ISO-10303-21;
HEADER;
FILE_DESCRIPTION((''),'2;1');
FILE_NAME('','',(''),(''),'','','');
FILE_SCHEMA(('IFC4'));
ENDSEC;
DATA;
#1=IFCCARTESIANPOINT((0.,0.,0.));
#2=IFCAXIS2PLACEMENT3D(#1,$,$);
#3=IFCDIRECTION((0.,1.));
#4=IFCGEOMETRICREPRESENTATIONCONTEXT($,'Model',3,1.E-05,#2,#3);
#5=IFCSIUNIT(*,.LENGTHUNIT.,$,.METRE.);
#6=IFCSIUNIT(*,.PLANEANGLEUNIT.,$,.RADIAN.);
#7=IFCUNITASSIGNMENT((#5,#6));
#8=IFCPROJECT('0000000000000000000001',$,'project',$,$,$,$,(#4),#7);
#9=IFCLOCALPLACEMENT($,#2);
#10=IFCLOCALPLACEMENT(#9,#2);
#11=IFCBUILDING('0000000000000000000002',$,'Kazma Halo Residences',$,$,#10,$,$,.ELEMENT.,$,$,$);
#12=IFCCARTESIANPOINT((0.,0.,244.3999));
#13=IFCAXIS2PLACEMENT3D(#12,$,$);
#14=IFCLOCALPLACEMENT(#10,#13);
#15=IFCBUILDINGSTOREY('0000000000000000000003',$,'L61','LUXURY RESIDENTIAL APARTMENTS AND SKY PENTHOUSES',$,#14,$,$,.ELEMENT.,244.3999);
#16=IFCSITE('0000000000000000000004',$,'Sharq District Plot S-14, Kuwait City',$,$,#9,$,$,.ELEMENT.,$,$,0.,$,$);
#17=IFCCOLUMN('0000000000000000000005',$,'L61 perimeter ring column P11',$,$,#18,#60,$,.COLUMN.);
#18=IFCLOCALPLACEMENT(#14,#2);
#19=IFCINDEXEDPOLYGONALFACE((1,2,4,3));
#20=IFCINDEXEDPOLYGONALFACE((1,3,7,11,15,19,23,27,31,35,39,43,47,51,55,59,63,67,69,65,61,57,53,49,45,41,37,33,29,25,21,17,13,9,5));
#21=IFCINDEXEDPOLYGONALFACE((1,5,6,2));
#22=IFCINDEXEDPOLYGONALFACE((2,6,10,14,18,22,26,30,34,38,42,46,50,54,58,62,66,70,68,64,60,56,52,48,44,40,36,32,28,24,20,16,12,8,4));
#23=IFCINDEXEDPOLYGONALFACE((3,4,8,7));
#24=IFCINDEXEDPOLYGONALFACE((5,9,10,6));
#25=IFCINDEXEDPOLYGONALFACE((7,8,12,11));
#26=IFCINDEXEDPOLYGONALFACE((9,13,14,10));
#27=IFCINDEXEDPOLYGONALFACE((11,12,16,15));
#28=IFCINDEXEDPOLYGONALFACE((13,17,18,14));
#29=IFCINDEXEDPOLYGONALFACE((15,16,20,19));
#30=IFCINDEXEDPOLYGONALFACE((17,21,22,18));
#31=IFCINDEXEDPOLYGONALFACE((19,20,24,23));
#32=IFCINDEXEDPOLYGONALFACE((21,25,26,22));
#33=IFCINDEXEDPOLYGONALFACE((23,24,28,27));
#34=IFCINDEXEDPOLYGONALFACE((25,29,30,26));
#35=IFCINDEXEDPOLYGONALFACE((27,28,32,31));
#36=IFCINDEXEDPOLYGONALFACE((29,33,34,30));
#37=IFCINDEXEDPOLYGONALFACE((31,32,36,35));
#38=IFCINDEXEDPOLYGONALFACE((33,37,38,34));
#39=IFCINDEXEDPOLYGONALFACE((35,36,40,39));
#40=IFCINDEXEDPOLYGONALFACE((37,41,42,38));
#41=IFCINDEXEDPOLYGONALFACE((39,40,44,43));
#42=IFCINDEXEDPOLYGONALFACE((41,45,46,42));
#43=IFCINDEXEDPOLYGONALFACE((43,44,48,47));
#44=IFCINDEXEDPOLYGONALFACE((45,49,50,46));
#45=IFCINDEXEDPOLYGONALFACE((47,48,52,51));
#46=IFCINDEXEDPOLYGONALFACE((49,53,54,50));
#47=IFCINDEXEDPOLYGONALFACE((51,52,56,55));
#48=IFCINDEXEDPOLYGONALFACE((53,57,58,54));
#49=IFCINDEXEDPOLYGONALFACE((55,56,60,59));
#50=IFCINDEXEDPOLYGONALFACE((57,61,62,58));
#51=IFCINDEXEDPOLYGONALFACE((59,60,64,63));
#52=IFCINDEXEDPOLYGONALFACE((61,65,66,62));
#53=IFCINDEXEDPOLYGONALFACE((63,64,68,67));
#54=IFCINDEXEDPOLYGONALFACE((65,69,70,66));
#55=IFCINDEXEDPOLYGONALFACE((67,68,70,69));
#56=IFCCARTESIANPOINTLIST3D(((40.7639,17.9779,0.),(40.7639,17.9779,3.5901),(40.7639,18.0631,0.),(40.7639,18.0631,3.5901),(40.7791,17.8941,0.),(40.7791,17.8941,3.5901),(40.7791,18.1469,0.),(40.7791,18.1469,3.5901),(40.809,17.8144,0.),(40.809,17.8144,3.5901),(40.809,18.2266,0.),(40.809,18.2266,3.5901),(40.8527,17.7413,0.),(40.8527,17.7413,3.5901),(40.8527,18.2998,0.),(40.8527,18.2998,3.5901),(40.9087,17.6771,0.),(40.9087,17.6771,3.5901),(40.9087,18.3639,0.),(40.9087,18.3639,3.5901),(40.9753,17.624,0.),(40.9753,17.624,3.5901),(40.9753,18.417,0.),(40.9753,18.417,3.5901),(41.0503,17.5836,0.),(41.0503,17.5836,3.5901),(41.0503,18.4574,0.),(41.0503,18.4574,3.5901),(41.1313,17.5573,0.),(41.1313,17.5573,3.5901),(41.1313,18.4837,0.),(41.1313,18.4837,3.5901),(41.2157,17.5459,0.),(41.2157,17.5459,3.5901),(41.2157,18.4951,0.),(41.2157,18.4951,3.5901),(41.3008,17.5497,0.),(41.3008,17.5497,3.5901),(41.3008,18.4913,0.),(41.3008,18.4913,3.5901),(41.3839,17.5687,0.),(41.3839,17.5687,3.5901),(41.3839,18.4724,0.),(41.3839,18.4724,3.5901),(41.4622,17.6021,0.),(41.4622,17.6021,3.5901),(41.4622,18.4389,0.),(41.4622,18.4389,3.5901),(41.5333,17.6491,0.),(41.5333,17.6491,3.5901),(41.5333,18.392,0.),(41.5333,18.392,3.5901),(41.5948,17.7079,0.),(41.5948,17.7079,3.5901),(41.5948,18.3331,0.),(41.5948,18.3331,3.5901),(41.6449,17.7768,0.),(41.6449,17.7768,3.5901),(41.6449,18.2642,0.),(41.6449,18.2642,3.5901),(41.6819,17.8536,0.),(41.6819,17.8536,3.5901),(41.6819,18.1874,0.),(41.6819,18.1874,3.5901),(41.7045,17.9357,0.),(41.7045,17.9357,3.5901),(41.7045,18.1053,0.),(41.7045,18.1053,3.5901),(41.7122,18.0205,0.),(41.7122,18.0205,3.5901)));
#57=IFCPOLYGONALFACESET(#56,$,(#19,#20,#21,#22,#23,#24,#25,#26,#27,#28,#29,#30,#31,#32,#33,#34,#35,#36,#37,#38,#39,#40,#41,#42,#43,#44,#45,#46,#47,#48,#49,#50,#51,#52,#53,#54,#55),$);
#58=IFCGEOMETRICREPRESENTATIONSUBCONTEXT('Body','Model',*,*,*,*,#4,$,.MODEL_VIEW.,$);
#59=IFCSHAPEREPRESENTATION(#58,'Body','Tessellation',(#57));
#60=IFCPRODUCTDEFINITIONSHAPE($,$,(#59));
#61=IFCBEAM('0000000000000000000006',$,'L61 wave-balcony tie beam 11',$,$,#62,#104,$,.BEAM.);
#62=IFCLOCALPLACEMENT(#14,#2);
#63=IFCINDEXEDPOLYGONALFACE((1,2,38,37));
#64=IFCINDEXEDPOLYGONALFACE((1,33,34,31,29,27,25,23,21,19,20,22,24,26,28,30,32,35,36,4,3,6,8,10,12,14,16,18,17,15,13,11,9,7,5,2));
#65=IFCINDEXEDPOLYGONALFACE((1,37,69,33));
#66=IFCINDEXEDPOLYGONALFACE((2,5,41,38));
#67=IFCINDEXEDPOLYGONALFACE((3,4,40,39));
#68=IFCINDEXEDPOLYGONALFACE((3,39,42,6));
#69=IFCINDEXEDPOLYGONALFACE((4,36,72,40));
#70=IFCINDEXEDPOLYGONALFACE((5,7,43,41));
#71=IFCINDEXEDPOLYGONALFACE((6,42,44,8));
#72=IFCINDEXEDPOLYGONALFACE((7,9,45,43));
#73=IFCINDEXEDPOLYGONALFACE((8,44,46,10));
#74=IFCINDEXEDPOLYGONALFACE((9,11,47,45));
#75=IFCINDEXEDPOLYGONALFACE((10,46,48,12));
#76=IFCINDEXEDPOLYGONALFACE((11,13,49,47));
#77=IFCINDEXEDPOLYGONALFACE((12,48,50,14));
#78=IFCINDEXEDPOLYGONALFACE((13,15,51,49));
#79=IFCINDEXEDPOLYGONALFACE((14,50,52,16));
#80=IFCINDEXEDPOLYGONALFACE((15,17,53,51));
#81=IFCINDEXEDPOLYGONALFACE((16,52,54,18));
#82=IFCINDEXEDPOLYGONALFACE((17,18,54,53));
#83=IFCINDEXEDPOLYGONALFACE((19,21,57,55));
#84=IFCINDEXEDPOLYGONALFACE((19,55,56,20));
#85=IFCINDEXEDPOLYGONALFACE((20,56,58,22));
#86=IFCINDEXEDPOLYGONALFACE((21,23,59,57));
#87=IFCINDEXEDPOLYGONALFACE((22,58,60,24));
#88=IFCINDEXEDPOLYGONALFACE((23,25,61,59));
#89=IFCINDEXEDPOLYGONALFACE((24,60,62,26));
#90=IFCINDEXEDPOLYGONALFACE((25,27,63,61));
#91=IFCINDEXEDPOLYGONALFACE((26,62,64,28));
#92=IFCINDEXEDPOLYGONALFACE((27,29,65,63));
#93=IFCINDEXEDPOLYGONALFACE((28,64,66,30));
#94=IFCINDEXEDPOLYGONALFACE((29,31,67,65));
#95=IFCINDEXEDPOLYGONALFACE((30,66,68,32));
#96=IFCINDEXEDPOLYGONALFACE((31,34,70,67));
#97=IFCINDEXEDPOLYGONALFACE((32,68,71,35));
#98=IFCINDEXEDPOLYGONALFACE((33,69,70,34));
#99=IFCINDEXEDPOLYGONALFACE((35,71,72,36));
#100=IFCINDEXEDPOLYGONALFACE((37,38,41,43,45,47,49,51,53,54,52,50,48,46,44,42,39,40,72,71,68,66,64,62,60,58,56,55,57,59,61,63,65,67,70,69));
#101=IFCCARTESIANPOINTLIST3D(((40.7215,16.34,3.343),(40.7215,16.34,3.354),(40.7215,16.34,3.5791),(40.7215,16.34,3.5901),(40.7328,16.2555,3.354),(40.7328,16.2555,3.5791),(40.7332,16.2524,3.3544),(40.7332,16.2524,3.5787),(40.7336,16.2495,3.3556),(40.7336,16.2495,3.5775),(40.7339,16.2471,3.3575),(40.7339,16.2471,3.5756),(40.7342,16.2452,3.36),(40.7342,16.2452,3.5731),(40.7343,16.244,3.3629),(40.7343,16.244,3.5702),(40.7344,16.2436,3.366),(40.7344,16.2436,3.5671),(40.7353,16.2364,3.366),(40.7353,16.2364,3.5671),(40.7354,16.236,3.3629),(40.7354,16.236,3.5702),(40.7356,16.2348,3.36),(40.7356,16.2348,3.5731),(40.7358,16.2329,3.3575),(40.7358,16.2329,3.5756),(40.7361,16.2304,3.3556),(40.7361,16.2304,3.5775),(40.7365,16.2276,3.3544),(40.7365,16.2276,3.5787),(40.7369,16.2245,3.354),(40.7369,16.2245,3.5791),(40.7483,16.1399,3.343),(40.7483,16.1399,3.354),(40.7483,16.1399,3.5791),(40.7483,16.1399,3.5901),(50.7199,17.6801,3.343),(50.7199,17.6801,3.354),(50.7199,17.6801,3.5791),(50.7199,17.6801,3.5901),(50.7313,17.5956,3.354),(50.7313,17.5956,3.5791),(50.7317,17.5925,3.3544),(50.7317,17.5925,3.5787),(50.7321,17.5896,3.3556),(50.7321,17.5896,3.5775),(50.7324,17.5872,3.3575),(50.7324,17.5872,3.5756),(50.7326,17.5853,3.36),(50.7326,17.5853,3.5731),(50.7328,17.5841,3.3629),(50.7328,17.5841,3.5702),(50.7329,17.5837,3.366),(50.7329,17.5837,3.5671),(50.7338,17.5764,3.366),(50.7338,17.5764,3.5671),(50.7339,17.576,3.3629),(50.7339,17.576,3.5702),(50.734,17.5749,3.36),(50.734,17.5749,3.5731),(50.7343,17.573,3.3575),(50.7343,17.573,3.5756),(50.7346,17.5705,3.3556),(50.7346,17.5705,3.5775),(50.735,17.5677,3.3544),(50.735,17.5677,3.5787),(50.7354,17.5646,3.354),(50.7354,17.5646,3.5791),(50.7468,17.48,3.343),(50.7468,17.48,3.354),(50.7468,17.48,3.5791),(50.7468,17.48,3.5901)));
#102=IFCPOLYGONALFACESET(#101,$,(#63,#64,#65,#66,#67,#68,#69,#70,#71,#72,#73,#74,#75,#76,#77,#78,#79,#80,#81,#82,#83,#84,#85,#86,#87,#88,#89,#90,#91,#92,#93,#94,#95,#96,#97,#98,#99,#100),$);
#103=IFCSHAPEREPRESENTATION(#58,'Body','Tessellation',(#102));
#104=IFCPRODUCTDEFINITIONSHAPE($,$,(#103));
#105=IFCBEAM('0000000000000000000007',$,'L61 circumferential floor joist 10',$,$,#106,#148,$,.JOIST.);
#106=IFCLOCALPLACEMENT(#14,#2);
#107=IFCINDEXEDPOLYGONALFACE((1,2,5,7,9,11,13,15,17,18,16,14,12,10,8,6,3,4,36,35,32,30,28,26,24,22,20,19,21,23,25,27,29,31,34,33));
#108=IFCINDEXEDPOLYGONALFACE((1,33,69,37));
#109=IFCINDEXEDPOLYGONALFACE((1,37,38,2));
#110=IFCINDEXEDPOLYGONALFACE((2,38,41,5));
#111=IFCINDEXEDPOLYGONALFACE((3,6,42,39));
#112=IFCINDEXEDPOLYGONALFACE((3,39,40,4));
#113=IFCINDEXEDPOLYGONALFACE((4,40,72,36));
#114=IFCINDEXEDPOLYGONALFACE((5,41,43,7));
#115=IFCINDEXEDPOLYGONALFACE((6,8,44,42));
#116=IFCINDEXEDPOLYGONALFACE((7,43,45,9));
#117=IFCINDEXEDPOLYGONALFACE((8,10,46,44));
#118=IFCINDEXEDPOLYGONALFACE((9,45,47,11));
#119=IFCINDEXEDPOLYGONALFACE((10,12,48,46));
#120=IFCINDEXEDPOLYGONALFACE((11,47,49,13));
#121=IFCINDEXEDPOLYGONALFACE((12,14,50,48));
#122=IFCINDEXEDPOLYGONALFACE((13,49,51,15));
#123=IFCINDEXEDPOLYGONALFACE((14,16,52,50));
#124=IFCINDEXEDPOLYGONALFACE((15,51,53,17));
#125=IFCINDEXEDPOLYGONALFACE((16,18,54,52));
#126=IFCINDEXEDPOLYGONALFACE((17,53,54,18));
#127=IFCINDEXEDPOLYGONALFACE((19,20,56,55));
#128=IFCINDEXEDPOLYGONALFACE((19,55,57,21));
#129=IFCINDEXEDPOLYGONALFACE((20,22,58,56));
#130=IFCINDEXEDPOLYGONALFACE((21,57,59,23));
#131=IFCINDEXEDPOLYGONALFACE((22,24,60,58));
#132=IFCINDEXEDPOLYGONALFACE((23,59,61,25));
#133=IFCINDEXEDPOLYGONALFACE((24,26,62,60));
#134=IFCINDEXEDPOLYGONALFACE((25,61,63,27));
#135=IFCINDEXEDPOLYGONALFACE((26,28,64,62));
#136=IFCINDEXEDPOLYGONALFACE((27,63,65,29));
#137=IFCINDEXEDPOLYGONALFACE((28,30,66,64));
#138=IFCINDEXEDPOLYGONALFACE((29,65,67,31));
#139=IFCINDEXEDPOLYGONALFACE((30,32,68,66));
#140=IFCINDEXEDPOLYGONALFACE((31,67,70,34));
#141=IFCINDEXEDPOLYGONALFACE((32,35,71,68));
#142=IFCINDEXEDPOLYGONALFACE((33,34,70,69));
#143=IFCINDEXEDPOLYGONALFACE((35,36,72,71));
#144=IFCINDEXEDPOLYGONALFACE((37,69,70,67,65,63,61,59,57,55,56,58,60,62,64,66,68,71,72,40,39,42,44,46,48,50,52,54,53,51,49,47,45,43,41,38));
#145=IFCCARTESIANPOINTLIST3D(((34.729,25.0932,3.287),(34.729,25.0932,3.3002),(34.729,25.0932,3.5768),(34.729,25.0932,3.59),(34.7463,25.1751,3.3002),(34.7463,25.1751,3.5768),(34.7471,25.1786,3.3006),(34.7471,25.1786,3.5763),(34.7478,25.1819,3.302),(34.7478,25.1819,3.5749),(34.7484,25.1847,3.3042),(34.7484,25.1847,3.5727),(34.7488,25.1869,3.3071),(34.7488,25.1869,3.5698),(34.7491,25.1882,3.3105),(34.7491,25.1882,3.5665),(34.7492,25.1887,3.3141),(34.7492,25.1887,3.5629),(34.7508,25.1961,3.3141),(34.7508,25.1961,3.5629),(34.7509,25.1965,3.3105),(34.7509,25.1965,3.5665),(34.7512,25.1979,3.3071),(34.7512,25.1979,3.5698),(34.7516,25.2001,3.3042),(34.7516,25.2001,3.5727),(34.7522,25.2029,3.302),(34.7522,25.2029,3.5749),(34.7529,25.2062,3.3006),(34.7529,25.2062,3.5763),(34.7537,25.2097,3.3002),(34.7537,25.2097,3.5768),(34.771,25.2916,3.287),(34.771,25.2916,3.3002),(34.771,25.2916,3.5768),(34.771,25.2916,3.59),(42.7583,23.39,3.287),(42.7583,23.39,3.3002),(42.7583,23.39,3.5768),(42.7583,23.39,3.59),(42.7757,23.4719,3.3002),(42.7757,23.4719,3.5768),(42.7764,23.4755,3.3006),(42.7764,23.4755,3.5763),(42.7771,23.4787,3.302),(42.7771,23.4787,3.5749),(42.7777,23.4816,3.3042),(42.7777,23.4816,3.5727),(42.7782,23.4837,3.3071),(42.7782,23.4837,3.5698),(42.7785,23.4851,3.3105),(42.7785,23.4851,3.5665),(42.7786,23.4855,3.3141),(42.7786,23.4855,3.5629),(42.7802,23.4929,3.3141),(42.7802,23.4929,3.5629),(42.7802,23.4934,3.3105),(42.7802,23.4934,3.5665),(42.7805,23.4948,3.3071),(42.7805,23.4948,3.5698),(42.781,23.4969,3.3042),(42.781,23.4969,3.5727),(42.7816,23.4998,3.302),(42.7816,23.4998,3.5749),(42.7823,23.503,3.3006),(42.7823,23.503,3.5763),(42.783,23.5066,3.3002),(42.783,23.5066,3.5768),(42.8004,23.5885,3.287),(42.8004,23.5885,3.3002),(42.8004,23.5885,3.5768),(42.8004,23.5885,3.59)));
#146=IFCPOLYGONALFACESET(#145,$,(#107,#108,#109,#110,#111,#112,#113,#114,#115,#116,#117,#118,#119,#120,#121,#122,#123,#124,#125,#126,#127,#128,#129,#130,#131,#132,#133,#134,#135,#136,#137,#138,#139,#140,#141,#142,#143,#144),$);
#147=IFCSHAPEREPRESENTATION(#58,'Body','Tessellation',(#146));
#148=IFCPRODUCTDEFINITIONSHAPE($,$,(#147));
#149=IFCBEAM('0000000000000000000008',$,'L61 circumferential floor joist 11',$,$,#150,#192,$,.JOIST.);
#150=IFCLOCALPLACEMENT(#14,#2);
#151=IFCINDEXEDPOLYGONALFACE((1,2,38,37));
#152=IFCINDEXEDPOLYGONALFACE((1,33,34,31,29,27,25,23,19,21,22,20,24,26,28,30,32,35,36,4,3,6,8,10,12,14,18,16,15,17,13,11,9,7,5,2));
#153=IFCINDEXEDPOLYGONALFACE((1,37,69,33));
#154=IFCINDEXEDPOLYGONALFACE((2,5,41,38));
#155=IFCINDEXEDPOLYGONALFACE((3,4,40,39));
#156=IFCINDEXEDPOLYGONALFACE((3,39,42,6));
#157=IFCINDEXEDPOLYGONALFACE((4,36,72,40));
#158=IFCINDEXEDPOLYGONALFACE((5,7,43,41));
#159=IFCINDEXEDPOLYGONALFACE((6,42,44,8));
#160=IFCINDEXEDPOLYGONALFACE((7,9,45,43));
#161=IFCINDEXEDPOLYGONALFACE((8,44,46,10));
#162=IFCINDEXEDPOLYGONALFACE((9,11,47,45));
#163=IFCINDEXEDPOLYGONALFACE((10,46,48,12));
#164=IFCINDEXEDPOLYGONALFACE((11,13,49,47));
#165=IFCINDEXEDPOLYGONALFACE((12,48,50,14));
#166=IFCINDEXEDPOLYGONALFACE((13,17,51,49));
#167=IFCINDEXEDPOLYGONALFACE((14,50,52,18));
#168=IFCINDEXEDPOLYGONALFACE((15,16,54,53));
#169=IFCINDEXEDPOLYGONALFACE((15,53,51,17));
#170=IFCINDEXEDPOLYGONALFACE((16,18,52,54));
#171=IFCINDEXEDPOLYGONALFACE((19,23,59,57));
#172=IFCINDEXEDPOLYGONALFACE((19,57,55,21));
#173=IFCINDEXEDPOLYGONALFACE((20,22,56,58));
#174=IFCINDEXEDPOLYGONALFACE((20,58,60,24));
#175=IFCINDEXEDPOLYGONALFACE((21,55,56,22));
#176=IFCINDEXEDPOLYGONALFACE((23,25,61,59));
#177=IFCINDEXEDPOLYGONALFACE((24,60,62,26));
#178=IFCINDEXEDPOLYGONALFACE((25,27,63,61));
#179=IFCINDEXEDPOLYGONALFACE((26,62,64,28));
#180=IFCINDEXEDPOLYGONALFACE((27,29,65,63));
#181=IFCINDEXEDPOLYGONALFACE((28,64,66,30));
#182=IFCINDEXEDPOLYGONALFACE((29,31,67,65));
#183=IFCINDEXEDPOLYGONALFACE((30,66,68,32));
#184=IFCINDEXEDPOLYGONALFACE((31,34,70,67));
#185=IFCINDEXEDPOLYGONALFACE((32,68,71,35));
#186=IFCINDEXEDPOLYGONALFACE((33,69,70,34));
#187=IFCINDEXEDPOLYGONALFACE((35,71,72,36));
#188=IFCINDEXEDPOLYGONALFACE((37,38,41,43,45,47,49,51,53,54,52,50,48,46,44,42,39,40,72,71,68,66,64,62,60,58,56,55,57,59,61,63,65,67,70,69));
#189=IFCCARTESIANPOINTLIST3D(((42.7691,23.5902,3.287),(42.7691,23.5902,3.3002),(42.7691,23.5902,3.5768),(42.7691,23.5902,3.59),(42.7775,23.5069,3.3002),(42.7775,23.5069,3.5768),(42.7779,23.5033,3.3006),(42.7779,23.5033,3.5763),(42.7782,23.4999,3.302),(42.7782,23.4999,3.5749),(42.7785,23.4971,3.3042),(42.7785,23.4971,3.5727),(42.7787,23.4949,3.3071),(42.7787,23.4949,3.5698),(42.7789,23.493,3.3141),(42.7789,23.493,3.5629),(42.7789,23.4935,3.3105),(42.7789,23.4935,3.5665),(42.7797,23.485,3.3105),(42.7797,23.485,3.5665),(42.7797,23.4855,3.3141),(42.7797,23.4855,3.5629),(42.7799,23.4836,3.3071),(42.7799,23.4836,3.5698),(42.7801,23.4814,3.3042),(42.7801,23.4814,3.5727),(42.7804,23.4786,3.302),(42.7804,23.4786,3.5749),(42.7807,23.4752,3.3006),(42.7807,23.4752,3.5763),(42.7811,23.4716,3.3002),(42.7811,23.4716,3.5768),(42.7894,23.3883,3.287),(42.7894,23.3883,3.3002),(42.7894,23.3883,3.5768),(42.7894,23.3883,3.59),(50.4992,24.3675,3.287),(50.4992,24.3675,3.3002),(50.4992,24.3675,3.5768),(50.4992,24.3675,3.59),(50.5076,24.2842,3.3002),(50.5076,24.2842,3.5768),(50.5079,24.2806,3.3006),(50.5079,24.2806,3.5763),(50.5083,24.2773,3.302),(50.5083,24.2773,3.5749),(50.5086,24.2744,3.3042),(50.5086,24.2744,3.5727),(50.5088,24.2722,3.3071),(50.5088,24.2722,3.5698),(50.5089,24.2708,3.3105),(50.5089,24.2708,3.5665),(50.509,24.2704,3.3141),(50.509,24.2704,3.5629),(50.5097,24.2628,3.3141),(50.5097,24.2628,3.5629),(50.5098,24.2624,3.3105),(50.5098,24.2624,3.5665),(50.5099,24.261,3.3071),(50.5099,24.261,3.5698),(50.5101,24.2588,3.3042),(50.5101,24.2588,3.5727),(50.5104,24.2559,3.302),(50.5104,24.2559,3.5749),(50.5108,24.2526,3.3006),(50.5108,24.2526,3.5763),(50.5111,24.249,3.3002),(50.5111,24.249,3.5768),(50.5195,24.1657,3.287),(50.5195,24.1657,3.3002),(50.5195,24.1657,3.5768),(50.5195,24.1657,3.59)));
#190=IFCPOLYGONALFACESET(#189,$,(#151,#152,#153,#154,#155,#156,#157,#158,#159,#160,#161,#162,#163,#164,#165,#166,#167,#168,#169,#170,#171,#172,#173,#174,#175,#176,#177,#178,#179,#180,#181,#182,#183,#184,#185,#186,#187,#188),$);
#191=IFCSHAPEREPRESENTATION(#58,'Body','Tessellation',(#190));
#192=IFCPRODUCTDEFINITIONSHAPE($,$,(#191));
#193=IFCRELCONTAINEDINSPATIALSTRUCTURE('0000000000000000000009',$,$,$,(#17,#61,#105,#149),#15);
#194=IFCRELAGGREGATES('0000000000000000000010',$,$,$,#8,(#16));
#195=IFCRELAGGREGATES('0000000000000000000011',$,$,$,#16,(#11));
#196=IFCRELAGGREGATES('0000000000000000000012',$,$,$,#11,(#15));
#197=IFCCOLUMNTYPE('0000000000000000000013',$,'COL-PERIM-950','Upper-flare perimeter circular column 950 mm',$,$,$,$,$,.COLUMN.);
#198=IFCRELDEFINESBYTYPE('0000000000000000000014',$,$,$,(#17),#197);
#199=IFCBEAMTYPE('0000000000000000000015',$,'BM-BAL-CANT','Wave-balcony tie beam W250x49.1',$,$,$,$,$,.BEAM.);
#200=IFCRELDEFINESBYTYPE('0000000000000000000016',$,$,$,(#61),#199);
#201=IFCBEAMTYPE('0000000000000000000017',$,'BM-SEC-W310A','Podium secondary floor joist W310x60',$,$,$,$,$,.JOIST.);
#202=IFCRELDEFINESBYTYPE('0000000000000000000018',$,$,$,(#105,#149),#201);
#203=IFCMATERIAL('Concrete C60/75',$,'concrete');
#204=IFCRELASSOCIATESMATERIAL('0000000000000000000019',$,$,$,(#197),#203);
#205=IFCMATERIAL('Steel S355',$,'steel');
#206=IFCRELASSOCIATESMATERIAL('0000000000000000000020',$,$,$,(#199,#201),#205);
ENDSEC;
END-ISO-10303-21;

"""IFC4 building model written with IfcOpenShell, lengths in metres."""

from ifc_helpers import new_model, si_unit, direction, frame, origin, origin_2d, place, context, subcontext, project, spatial, circle, i_section, extrude, material, material_profile, profile_set, type_object, element, save


model = new_model("IFC4")

# Units and contexts
model_context = context("Model", 3, precision=1e-05, world=origin(), true_north=direction((0.0, 1.0)))
body_context = subcontext(model_context, "Body", "Model", "MODEL_VIEW")
ifc_project = project(units=[si_unit("LENGTHUNIT", "METRE"), si_unit("PLANEANGLEUNIT", "RADIAN")], contexts=[model_context])

# Site, building, storey
site_placement = place(None, origin())
site = spatial("IfcSite", under=ifc_project, at=site_placement, Name="Sharq District Plot S-14, Kuwait City", CompositionType="ELEMENT", RefElevation=0.0)
building_placement = place(site_placement, origin())
building = spatial("IfcBuilding", under=site, at=building_placement, Name="Kazma Halo Residences", CompositionType="ELEMENT")
storey_placement = place(building_placement, frame((0.0, 0.0, 244.3999)))
storey = spatial("IfcBuildingStorey", under=building, at=storey_placement, Name="L61", Description="LUXURY RESIDENTIAL APARTMENTS AND SKY PENTHOUSES", CompositionType="ELEMENT", Elevation=244.3999)

# Column
ifc_material_1 = material(Name="Concrete C60/75", Category="concrete")
ifc_material_profile_1 = material_profile(ifc_material_1, circle(Radius=0.4751, at=origin_2d()), Name="CIRC950")
ifc_profile_set_1 = profile_set([ifc_material_profile_1], Name="Concrete C60/75")
column_type = type_object("IfcColumnType", Name="COL-PERIM-950", Description="Upper-flare perimeter circular column 950 mm", PredefinedType="COLUMN", material=ifc_profile_set_1)
column_placement = place(storey_placement, frame((41.2371, 18.0205, 0.0), z_axis=(0.0, 0.0, 1.0), x_axis=(1.0, 0.0, 0.0)))
element("IfcColumn", 1, at=column_placement, inside=storey, type_object=column_type, Name="L61 perimeter ring column P11", PredefinedType="COLUMN", context=body_context, shape_type="SweptSolid", body=[
    extrude(circle(Radius=0.4751, at=origin_2d()), origin(), (0.0, 0.0, 1.0), 3.5901),
])

# Beams
ifc_material_2 = material(Name="Steel S355", Category="steel")
ifc_material_profile_2 = material_profile(ifc_material_2, i_section(OverallWidth=0.2019, OverallDepth=0.2471, WebThickness=0.0073, FlangeThickness=0.011, FilletRadius=0.012, at=origin_2d()), Name="W250x49.1")
ifc_profile_set_2 = profile_set([ifc_material_profile_2], Name="Steel S355")
beam_type_1 = type_object("IfcBeamType", Name="BM-BAL-CANT", Description="Wave-balcony tie beam W250x49.1", PredefinedType="BEAM", material=ifc_profile_set_2)
beam_1_placement = place(storey_placement, frame((40.7349, 16.24, 3.4666), z_axis=(0.991137, 0.132841, 0.0), x_axis=(-0.132841, 0.991137, 0.0)))
element("IfcBeam", 2, at=beam_1_placement, inside=storey, type_object=beam_type_1, Name="L61 wave-balcony tie beam 11", PredefinedType="BEAM", context=body_context, shape_type="SweptSolid", body=[
    extrude(i_section(OverallWidth=0.2019, OverallDepth=0.2471, WebThickness=0.0073, FlangeThickness=0.011, FilletRadius=0.012, at=origin_2d()), origin(), (0.0, 0.0, 1.0), 10.0879),
])
ifc_material_profile_3 = material_profile(ifc_material_2, i_section(OverallWidth=0.2029, OverallDepth=0.303, WebThickness=0.0076, FlangeThickness=0.0132, FilletRadius=0.0139, at=origin_2d()), Name="W310x60")
ifc_profile_set_3 = profile_set([ifc_material_profile_3], Name="Steel S355")
beam_type_2 = type_object("IfcBeamType", Name="BM-SEC-W310A", Description="Podium secondary floor joist W310x60", PredefinedType="JOIST", material=ifc_profile_set_3)
beam_2_placement = place(storey_placement, frame((34.75, 25.1924, 3.4385), z_axis=(0.978236, -0.207497, 0.0), x_axis=(0.207497, 0.978236, 0.0)))
element("IfcBeam", 3, at=beam_2_placement, inside=storey, type_object=beam_type_2, Name="L61 circumferential floor joist 10", PredefinedType="JOIST", context=body_context, shape_type="SweptSolid", body=[
    extrude(i_section(OverallWidth=0.2029, OverallDepth=0.303, WebThickness=0.0076, FlangeThickness=0.0132, FilletRadius=0.0139, at=origin_2d()), origin(), (0.0, 0.0, 1.0), 8.208),
])
beam_3_placement = place(storey_placement, frame((42.7793, 23.4893, 3.4385), z_axis=(0.994982, 0.100058, 0.0), x_axis=(-0.100058, 0.994982, 0.0)))
element("IfcBeam", 4, at=beam_3_placement, inside=storey, type_object=beam_type_2, Name="L61 circumferential floor joist 11", PredefinedType="JOIST", context=body_context, shape_type="SweptSolid", body=[
    extrude(i_section(OverallWidth=0.2029, OverallDepth=0.303, WebThickness=0.0076, FlangeThickness=0.0132, FilletRadius=0.0139, at=origin_2d()), origin(), (0.0, 0.0, 1.0), 7.769),
])

save(model, "model.ifc")
